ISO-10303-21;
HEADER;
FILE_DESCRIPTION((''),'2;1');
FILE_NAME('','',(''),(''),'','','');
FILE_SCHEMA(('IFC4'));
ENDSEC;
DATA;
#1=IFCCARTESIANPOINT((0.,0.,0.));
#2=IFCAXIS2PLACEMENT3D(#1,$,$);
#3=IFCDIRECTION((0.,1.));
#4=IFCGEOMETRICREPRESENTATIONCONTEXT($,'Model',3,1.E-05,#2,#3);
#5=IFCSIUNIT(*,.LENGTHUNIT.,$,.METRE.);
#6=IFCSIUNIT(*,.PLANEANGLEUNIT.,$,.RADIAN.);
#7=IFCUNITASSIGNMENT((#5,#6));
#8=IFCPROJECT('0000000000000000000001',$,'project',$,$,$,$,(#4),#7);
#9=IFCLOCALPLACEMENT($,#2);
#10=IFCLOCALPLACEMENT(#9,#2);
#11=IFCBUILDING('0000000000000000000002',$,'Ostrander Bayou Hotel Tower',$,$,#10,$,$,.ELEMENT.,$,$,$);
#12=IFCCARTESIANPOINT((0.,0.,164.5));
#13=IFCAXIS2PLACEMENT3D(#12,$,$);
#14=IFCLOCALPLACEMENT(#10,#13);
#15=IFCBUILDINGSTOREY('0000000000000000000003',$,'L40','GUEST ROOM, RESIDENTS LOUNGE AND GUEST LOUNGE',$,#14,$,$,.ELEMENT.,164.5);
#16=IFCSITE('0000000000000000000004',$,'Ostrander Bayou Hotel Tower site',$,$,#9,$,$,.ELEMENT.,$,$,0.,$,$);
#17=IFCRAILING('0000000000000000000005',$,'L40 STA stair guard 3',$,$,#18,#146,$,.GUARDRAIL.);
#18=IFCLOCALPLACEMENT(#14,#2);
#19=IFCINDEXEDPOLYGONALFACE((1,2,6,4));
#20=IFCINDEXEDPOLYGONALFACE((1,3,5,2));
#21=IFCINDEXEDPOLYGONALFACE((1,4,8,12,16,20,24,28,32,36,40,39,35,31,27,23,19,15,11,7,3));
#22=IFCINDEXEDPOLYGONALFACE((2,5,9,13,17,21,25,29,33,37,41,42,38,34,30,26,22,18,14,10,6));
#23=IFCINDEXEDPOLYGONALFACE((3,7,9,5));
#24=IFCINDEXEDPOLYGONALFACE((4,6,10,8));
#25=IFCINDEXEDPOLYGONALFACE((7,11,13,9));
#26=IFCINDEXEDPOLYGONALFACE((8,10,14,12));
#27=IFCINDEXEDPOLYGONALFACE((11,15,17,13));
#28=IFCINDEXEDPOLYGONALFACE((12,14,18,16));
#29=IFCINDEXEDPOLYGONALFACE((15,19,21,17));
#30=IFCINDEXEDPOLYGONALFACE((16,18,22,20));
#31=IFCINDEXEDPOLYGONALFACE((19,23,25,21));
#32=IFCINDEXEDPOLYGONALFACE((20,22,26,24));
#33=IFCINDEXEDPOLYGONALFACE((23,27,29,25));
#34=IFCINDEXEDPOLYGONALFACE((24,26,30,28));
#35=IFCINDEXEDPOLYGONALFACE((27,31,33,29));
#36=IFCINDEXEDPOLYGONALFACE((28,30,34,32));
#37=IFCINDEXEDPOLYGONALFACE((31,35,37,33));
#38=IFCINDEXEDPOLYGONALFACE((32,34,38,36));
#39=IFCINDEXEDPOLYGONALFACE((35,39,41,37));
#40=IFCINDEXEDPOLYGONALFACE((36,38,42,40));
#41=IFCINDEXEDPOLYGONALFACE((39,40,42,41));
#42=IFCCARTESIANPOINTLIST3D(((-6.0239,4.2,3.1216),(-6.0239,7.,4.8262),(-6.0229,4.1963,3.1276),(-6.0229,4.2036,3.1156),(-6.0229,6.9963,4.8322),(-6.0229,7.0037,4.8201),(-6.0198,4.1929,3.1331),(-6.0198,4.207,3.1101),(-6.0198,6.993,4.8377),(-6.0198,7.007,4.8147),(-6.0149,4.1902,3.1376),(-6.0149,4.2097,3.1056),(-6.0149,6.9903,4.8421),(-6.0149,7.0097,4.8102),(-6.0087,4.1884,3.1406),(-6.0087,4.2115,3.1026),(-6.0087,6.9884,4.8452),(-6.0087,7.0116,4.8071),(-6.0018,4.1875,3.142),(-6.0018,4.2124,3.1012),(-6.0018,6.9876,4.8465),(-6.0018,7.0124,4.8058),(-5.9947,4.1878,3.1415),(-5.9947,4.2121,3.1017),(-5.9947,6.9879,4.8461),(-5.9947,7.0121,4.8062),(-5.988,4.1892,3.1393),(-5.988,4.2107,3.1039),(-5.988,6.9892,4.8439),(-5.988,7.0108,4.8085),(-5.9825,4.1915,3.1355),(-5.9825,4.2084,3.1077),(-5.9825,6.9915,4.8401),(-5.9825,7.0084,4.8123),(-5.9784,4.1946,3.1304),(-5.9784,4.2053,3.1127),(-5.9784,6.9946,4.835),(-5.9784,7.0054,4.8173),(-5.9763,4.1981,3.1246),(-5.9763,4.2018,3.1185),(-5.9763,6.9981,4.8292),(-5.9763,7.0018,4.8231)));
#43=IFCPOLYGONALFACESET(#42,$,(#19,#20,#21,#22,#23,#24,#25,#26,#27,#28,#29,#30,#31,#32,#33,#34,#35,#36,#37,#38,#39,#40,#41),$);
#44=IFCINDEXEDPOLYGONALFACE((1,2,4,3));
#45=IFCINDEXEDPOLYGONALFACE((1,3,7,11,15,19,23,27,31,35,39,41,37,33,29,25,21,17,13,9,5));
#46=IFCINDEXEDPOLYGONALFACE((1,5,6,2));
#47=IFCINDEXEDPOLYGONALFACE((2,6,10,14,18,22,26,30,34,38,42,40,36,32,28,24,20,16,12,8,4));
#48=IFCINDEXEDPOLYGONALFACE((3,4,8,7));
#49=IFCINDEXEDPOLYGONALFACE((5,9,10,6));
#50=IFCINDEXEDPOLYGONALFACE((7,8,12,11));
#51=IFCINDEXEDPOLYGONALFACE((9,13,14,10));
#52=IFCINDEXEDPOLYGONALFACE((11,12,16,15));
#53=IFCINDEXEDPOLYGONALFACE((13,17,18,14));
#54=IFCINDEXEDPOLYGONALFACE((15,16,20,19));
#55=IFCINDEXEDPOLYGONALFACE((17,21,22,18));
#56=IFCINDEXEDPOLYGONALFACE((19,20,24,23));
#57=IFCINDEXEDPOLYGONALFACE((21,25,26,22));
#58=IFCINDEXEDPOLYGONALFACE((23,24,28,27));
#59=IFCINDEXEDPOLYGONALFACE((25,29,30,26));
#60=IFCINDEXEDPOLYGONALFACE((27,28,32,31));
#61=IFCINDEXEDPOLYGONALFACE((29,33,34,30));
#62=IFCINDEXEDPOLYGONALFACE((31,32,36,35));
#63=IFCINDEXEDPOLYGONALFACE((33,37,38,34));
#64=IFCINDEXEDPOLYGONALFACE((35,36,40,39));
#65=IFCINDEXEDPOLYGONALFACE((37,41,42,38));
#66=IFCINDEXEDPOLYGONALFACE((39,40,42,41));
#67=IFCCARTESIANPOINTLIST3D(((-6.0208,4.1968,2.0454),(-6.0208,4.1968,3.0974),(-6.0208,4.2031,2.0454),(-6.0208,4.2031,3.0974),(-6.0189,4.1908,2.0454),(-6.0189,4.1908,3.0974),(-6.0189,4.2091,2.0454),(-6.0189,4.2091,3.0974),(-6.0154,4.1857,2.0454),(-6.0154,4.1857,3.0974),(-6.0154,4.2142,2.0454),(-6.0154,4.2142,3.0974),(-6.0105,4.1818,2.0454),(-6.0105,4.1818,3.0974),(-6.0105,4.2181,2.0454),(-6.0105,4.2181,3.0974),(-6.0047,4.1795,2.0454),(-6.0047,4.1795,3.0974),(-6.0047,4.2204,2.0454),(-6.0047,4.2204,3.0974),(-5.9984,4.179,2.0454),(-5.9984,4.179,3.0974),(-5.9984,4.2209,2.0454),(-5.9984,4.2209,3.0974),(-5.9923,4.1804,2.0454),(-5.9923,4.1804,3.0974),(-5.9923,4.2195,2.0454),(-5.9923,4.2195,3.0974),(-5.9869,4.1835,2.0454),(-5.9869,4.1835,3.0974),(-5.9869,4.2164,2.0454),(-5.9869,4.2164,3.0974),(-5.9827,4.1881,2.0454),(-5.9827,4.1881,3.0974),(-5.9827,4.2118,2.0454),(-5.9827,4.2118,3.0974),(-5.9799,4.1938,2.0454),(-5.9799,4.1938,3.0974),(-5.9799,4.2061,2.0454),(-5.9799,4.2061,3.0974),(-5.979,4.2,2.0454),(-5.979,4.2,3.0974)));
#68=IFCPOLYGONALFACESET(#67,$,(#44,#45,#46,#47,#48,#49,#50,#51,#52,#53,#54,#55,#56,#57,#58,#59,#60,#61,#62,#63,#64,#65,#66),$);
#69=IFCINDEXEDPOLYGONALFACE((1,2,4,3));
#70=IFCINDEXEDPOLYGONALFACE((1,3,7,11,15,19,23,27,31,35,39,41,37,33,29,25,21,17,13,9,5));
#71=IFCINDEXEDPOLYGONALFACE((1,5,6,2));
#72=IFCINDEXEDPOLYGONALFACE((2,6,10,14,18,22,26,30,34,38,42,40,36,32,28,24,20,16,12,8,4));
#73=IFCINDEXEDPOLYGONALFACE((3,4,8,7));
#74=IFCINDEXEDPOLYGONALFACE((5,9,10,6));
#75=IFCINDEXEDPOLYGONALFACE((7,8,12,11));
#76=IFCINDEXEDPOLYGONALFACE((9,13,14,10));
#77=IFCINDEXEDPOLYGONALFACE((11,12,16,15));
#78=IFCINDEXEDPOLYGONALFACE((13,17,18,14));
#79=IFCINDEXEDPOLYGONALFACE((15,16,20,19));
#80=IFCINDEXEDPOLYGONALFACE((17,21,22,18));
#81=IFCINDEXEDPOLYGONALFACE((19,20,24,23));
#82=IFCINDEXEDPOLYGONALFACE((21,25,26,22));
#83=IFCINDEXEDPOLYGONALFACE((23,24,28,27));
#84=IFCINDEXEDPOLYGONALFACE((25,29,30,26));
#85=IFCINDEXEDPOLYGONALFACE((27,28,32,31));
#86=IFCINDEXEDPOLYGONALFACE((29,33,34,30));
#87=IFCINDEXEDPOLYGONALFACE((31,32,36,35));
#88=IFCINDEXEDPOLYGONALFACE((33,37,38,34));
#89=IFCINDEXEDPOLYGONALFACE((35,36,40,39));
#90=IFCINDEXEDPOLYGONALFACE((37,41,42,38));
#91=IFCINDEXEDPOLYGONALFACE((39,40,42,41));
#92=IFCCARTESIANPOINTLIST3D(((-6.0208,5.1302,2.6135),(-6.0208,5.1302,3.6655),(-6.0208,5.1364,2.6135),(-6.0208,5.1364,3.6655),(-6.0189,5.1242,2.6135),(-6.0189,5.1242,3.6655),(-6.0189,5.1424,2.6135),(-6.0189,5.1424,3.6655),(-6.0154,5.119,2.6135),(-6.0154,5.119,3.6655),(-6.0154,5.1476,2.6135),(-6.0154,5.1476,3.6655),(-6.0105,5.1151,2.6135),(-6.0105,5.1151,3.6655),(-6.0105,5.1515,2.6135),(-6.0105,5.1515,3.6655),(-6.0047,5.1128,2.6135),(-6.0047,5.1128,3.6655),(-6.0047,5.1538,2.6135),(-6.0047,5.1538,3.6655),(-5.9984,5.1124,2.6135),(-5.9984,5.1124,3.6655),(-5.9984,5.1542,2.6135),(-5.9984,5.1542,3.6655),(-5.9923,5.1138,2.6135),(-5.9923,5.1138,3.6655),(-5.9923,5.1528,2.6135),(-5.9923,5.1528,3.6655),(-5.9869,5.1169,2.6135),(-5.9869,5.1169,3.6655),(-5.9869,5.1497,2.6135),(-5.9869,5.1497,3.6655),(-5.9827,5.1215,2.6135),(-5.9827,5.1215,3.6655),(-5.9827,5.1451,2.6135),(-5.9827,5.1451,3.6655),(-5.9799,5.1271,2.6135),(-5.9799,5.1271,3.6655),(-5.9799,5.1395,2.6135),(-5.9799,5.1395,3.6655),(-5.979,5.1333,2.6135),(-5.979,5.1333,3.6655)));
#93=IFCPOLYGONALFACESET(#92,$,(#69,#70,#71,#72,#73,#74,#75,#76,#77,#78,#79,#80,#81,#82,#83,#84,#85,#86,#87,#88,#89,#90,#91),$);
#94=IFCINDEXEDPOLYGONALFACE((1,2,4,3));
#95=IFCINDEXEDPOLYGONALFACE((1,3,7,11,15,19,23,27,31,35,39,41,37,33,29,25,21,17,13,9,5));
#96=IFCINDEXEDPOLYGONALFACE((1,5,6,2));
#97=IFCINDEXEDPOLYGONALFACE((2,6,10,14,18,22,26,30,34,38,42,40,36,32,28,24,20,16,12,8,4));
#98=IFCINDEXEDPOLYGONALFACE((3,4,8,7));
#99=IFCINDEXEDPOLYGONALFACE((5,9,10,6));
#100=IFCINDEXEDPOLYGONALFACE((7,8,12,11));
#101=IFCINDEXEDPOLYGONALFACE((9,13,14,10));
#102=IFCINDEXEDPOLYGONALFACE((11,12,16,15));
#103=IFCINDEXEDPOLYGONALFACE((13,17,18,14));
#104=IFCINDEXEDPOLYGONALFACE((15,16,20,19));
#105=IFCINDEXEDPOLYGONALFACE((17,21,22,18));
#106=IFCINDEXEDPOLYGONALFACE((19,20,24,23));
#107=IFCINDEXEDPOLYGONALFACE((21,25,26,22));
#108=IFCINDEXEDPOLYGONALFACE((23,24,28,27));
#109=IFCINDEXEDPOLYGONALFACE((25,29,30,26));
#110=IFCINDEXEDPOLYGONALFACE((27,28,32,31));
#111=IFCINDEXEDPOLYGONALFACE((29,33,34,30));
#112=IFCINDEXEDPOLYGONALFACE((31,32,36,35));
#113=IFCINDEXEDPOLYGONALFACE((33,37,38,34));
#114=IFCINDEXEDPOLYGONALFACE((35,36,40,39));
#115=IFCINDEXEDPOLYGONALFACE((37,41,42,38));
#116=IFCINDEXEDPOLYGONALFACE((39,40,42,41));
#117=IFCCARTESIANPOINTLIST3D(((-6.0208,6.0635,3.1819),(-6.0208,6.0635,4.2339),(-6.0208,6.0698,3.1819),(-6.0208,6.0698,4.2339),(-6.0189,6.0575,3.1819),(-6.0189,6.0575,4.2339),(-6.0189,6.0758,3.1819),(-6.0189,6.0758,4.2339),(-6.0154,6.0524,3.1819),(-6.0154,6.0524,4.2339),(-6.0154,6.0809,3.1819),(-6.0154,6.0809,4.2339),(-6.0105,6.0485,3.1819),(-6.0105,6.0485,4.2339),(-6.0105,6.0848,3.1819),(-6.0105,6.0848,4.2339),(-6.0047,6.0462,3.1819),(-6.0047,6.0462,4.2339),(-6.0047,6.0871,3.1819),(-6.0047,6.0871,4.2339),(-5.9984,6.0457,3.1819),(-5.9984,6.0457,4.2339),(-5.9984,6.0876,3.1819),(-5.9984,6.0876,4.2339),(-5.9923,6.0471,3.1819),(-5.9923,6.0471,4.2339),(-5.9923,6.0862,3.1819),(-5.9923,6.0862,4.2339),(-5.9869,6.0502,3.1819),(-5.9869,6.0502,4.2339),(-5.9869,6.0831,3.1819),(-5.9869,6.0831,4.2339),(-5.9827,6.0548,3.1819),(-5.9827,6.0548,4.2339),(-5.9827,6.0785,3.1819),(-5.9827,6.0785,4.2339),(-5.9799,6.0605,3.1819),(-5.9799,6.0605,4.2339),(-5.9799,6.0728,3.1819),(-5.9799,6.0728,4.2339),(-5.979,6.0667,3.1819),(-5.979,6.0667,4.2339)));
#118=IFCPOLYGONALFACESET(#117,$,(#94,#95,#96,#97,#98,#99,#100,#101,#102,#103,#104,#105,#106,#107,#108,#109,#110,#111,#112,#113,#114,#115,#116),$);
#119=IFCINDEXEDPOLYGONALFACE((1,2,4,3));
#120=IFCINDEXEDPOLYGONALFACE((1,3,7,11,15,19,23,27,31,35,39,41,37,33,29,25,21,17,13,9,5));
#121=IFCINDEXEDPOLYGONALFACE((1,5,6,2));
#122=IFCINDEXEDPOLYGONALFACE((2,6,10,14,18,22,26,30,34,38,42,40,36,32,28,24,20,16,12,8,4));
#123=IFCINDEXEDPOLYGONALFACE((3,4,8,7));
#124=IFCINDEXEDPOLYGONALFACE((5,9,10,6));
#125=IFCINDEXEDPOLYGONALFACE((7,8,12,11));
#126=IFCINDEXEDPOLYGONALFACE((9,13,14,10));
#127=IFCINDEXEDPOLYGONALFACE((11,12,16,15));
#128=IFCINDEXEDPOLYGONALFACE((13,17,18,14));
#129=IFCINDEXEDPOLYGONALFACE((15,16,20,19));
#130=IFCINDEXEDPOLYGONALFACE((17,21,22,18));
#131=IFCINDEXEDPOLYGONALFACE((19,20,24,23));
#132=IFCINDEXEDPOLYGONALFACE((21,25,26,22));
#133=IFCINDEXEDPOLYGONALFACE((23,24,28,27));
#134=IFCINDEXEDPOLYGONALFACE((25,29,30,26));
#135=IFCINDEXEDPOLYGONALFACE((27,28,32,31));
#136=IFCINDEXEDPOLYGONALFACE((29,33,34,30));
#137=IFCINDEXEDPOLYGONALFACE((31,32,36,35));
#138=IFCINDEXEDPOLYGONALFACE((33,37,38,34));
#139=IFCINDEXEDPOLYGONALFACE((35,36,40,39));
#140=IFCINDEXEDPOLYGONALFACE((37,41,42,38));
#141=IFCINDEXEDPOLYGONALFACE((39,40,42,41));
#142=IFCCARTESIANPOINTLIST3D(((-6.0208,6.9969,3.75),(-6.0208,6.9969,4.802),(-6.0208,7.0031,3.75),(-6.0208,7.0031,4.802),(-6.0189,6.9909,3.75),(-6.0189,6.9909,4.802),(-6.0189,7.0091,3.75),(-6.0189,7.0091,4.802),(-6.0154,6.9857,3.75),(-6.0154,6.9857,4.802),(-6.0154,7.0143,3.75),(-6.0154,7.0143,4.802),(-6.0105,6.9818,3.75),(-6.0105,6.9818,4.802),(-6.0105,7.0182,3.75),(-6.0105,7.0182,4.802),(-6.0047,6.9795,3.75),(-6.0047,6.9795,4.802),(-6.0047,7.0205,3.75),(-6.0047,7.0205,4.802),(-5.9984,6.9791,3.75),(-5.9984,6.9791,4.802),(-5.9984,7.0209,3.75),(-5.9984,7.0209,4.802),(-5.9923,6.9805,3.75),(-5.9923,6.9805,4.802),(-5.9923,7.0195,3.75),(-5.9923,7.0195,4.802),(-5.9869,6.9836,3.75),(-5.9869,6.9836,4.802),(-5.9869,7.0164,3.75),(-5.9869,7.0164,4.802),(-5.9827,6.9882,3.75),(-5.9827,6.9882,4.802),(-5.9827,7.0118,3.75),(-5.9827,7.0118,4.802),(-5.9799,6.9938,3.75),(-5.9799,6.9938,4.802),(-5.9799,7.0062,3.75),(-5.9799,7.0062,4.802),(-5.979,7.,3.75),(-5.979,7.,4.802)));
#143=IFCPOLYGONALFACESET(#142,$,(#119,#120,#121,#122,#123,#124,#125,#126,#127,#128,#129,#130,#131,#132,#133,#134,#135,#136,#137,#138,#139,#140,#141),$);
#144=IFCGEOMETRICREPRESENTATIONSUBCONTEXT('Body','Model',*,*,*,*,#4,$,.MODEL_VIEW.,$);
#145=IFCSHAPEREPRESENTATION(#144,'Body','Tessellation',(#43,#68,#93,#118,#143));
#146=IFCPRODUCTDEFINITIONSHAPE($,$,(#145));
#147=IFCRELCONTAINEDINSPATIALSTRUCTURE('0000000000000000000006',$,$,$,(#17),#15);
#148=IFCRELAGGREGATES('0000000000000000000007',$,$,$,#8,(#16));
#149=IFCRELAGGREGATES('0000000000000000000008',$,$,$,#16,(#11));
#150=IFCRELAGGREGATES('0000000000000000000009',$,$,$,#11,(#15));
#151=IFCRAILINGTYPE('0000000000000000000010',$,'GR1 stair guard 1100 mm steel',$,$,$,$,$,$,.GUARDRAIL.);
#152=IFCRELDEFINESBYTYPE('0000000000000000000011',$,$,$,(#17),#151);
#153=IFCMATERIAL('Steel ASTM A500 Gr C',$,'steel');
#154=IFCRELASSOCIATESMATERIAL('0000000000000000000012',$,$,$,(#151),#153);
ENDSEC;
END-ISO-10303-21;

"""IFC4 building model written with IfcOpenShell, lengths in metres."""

from ifc_helpers import new_model, si_unit, direction, frame, origin, origin_2d, place, context, subcontext, project, spatial, circle, extrude, material, type_object, element, save


model = new_model("IFC4")

# Units and contexts
model_context = context("Model", 3, precision=1e-05, world=origin(), true_north=direction((0.0, 1.0)))
body_context = subcontext(model_context, "Body", "Model", "MODEL_VIEW")
ifc_project = project(units=[si_unit("LENGTHUNIT", "METRE"), si_unit("PLANEANGLEUNIT", "RADIAN")], contexts=[model_context])

# Site, building, storey
site_placement = place(None, origin())
site = spatial("IfcSite", under=ifc_project, at=site_placement, Name="Ostrander Bayou Hotel Tower site", CompositionType="ELEMENT", RefElevation=0.0)
building_placement = place(site_placement, origin())
building = spatial("IfcBuilding", under=site, at=building_placement, Name="Ostrander Bayou Hotel Tower", CompositionType="ELEMENT")
storey_placement = place(building_placement, frame((0.0, 0.0, 164.5)))
storey = spatial("IfcBuildingStorey", under=building, at=storey_placement, Name="L40", Description="GUEST ROOM, RESIDENTS LOUNGE AND GUEST LOUNGE", CompositionType="ELEMENT", Elevation=164.5)

# Railing
ifc_material_1 = material(Name="Steel ASTM A500 Gr C", Category="steel")
railing_type_1 = type_object("IfcRailingType", Name="GR1 stair guard 1100 mm steel", PredefinedType="GUARDRAIL", material=ifc_material_1)
railing_1_placement = place(storey_placement, frame((-6.0, 4.2, 2.0454)))
element("IfcRailing", 1, at=railing_1_placement, inside=storey, type_object=railing_type_1, Name="L40 STA stair guard 3", PredefinedType="GUARDRAIL", context=body_context, shape_type="SweptSolid", body=[
    extrude(circle(Radius=0.0239, at=origin_2d()), frame((0.0, 0.0, 1.0762), z_axis=(0.0, 0.85417, 0.519994), x_axis=(-1.0, 0.0, 0.0)), (0.0, 0.0, 1.0), 3.2781),
    extrude(circle(Radius=0.021, at=origin_2d()), origin(), (0.0, 0.0, 1.0), 1.052),
    extrude(circle(Radius=0.021, at=origin_2d()), frame((0.0, 0.9333, 0.5681)), (0.0, 0.0, 1.0), 1.052),
    extrude(circle(Radius=0.021, at=origin_2d()), frame((0.0, 1.8667, 1.1365)), (0.0, 0.0, 1.0), 1.052),
    extrude(circle(Radius=0.021, at=origin_2d()), frame((0.0, 2.8, 1.7046)), (0.0, 0.0, 1.0), 1.052),
])

save(model, "model.ifc")
